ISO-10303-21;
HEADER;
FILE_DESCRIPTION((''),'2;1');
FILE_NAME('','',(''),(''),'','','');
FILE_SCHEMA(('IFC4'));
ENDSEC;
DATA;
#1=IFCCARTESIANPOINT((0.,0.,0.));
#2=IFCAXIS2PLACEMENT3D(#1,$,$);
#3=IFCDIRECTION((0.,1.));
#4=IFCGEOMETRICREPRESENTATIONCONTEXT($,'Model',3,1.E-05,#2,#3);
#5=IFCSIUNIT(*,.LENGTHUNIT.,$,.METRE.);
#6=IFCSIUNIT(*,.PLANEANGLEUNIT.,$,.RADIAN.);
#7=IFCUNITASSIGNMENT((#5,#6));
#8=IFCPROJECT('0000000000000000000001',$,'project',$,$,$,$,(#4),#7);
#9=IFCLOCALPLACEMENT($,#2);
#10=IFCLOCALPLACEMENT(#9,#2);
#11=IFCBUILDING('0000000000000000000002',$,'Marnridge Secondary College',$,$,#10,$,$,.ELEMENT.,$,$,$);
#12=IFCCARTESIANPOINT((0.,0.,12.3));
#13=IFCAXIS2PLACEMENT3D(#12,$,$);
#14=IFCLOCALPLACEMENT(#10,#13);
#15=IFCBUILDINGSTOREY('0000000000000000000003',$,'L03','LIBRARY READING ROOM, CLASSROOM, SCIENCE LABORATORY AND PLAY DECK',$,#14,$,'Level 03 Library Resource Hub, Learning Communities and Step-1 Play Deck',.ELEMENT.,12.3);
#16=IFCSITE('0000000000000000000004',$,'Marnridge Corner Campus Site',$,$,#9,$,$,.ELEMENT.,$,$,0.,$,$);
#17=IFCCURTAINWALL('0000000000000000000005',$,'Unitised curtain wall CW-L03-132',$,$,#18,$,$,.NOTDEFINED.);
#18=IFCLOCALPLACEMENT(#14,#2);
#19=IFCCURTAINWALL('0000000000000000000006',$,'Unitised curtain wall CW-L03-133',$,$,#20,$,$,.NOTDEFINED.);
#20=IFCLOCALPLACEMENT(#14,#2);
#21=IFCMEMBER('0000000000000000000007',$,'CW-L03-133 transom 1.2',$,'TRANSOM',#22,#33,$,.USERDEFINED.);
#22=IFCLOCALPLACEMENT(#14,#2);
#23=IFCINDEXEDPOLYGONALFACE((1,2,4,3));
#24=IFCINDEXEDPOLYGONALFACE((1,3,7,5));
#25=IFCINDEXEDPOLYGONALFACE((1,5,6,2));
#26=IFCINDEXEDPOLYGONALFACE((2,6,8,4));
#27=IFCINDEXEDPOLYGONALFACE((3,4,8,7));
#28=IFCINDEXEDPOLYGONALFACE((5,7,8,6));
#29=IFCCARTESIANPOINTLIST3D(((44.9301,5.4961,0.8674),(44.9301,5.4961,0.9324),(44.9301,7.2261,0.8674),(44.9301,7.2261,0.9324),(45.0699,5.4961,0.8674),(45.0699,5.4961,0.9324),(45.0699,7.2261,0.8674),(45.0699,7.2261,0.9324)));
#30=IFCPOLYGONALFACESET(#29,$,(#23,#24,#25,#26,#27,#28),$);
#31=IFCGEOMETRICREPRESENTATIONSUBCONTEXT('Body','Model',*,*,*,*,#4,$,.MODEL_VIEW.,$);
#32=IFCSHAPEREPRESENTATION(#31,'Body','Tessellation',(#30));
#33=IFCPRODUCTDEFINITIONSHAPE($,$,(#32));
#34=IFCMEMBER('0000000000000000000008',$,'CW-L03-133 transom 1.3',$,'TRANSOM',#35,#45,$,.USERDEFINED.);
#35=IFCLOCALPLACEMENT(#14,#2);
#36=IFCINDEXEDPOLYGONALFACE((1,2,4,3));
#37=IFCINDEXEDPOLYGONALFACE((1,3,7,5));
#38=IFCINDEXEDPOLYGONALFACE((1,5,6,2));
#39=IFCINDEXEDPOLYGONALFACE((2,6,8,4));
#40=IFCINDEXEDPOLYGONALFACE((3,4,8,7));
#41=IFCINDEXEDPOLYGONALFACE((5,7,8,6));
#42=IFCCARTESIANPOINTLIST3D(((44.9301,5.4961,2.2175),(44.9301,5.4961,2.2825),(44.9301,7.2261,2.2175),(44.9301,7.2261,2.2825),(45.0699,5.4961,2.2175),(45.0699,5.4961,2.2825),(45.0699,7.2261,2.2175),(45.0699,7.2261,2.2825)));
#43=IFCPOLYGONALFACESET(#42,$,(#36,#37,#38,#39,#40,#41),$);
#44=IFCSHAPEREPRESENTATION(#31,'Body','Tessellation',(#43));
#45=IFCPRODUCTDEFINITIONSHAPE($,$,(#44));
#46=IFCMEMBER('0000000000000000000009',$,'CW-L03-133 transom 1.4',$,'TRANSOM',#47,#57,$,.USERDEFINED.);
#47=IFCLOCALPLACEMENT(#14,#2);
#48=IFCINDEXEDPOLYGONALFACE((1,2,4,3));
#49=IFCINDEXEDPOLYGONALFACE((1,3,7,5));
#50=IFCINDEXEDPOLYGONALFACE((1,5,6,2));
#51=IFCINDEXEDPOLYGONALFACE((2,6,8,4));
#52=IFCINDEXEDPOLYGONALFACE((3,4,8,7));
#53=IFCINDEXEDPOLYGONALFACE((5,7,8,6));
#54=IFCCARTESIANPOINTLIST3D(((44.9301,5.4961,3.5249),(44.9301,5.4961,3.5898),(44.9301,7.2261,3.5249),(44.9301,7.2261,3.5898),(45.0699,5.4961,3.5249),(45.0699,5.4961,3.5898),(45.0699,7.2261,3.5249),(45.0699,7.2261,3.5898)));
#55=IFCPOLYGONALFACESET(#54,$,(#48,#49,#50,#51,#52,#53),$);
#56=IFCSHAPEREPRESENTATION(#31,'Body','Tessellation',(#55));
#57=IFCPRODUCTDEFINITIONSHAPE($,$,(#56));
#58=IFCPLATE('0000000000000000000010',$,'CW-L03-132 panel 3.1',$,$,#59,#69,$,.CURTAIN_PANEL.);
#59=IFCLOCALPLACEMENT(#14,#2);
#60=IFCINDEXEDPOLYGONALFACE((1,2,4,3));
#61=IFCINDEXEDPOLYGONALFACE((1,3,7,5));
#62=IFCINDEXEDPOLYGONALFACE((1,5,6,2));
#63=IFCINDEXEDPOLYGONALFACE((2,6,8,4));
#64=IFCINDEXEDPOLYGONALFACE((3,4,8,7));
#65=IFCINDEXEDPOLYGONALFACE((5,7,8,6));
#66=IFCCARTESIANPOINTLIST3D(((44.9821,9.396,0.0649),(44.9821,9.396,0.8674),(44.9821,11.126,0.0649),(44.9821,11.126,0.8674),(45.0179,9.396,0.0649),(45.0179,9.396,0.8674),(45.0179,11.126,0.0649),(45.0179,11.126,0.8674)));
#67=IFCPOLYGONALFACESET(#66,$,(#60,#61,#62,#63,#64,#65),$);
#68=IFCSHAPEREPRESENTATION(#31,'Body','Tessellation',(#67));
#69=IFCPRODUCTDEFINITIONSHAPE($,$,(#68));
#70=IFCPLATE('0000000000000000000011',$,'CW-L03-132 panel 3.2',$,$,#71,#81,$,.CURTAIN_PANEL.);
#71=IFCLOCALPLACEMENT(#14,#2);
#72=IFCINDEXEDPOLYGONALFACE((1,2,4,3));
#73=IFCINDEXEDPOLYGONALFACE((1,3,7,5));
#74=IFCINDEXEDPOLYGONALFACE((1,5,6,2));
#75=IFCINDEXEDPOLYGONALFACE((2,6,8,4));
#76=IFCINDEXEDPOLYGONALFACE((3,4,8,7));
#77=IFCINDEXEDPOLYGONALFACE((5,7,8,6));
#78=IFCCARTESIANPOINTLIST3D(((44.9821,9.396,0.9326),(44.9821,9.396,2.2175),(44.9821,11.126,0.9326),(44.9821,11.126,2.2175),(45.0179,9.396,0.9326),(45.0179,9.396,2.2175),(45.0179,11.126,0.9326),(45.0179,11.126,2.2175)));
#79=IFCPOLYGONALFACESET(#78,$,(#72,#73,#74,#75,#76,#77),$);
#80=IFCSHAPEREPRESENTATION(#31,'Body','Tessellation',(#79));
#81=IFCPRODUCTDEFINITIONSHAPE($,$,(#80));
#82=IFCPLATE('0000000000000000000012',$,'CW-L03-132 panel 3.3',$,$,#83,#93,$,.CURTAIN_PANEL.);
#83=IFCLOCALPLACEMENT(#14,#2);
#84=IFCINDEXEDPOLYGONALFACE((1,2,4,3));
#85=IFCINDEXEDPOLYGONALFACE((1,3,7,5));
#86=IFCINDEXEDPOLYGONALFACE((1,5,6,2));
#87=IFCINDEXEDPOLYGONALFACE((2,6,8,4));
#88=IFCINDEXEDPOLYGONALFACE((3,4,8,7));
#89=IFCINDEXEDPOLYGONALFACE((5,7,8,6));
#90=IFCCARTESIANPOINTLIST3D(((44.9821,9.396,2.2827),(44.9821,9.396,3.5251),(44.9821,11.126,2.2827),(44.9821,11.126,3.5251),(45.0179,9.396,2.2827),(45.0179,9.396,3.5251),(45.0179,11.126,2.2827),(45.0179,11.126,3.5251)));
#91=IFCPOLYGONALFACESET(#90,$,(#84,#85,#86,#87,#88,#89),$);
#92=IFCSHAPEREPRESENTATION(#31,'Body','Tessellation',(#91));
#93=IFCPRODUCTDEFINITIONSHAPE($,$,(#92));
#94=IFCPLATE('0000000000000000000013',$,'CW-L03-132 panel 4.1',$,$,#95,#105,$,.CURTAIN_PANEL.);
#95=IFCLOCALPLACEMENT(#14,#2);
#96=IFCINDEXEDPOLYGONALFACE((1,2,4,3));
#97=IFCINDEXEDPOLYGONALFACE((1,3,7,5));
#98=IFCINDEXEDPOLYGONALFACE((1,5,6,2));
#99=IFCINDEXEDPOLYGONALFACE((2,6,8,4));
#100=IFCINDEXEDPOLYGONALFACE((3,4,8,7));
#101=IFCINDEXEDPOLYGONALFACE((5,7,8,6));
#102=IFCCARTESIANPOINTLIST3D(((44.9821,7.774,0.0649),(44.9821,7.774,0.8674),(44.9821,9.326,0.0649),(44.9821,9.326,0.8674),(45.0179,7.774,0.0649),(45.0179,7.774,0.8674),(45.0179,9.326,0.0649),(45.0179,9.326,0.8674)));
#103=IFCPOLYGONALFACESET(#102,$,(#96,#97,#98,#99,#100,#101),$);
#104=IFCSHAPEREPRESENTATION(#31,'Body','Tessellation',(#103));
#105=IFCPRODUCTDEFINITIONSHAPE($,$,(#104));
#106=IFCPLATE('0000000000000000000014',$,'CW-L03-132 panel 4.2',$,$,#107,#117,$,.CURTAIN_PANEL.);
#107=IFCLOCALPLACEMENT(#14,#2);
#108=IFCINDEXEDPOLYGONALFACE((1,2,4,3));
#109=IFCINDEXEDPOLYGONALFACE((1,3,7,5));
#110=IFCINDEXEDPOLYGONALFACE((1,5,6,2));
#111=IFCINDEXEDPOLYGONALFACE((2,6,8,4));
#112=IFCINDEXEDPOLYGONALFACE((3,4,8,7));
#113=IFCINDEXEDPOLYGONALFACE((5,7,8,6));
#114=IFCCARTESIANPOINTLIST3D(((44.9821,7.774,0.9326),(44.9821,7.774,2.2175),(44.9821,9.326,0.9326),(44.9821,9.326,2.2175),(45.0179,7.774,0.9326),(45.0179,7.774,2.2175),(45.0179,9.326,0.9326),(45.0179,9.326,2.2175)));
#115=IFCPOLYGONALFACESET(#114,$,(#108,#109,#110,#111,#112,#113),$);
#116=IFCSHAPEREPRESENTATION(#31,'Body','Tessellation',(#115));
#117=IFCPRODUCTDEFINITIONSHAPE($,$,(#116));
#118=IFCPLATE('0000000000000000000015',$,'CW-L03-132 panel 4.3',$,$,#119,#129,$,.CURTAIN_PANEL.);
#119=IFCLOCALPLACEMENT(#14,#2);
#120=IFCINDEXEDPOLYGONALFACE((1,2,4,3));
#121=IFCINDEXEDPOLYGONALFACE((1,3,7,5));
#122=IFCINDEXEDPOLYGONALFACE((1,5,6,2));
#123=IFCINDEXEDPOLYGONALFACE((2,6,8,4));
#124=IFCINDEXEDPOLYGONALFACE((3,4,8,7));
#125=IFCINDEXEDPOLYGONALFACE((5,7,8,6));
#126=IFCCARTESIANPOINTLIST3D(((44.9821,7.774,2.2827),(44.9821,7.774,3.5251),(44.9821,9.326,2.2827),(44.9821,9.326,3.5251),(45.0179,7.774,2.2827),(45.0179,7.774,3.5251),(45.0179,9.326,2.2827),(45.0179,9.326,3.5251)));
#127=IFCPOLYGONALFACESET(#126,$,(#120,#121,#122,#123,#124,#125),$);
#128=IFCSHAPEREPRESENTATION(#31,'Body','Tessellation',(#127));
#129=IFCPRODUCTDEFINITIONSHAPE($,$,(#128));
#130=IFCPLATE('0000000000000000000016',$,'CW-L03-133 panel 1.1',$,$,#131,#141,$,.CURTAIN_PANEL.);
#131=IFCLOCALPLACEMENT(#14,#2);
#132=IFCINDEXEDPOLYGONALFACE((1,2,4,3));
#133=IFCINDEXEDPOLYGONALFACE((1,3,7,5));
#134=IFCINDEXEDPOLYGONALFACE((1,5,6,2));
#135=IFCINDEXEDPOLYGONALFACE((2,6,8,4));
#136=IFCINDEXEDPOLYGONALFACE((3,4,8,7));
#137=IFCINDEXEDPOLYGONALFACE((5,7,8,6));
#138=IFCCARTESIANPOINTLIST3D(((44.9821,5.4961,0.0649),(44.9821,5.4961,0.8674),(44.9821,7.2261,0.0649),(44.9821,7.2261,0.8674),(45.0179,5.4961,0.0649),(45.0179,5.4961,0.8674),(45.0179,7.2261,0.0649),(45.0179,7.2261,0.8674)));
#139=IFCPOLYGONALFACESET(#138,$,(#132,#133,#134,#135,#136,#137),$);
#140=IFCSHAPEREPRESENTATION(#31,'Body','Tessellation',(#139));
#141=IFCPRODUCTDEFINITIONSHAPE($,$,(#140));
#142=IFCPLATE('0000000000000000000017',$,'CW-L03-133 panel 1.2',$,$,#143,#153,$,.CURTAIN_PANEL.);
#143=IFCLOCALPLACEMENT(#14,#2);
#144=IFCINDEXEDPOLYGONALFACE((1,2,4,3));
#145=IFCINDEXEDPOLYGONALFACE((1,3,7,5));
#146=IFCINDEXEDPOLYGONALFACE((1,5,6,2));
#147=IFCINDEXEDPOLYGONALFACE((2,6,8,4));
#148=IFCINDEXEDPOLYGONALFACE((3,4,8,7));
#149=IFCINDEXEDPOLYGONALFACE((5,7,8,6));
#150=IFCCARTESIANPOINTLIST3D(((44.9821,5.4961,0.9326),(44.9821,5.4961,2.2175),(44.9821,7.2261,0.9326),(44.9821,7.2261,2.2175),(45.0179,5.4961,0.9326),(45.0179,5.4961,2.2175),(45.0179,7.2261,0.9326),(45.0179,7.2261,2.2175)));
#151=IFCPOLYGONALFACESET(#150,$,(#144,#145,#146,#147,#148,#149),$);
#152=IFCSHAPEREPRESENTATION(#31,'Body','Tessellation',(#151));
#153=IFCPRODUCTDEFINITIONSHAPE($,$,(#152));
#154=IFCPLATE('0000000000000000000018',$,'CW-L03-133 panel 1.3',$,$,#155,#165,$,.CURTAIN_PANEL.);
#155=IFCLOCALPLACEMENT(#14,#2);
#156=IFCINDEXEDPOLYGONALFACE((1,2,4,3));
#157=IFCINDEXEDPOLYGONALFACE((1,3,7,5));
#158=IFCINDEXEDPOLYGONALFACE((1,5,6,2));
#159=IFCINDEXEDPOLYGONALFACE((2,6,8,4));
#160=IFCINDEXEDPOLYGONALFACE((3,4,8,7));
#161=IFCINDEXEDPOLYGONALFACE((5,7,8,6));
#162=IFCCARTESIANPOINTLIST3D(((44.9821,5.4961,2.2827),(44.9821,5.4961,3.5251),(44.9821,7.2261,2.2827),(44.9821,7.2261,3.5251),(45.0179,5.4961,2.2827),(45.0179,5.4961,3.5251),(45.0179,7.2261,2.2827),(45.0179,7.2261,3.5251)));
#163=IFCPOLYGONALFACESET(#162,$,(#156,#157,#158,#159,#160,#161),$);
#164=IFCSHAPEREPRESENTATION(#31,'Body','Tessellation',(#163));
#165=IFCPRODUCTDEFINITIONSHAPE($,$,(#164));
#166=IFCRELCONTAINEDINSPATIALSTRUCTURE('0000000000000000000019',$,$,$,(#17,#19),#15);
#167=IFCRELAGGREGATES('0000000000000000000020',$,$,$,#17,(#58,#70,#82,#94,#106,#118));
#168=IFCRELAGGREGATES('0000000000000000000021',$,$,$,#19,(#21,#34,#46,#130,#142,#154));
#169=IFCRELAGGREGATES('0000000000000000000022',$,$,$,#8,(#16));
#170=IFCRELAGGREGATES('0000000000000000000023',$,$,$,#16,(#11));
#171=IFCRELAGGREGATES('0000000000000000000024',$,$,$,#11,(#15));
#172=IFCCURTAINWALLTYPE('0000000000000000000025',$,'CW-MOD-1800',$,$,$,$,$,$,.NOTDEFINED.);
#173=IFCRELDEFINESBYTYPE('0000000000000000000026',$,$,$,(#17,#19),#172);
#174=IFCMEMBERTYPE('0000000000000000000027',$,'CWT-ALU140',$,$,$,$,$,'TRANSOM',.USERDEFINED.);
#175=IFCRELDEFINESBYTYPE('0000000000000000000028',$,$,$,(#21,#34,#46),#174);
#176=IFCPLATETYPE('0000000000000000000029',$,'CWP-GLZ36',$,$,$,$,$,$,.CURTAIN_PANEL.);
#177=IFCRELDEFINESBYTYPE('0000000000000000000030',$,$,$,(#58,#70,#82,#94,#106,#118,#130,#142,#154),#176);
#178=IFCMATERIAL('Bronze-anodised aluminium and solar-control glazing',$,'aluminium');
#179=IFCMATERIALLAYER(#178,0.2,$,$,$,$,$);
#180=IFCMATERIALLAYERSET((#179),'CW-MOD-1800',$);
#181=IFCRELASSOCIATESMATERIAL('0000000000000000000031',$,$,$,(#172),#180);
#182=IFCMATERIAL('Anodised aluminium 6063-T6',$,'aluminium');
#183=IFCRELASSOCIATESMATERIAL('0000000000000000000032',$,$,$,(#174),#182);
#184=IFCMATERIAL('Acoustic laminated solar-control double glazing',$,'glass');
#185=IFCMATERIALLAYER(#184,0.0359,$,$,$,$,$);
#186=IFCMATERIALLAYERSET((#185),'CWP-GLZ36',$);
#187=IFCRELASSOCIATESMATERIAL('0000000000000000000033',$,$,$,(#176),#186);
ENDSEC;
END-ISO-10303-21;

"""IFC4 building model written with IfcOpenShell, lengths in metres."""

from ifc_helpers import new_model, si_unit, direction, frame, origin, origin_2d, place, context, subcontext, project, spatial, rectangle, extrude, material, layer, layer_set, material_profile, profile_set, type_object, element, aggregate, save


model = new_model("IFC4")

# Units and contexts
model_context = context("Model", 3, precision=1e-05, world=origin(), true_north=direction((0.0, 1.0)))
body_context = subcontext(model_context, "Body", "Model", "MODEL_VIEW")
ifc_project = project(units=[si_unit("LENGTHUNIT", "METRE"), si_unit("PLANEANGLEUNIT", "RADIAN")], contexts=[model_context])

# Site, building, storey
site_placement = place(None, origin())
site = spatial("IfcSite", under=ifc_project, at=site_placement, Name="Marnridge Corner Campus Site", CompositionType="ELEMENT", RefElevation=0.0)
building_placement = place(site_placement, origin())
building = spatial("IfcBuilding", under=site, at=building_placement, Name="Marnridge Secondary College", CompositionType="ELEMENT")
storey_placement = place(building_placement, frame((0.0, 0.0, 12.3)))
storey = spatial("IfcBuildingStorey", under=building, at=storey_placement, Name="L03", Description="LIBRARY READING ROOM, CLASSROOM, SCIENCE LABORATORY AND PLAY DECK", LongName="Level 03 Library Resource Hub, Learning Communities and Step-1 Play Deck", CompositionType="ELEMENT", Elevation=12.3)

# Curtain wall
ifc_material_1 = material(Name="Bronze-anodised aluminium and solar-control glazing", Category="aluminium")
ifc_layer_1 = layer(ifc_material_1, 0.2)
ifc_layer_set_1 = layer_set([ifc_layer_1], Name="CW-MOD-1800")
curtain_wall_type = type_object("IfcCurtainWallType", Name="CW-MOD-1800", PredefinedType="NOTDEFINED", material=ifc_layer_set_1)
curtain_wall_1_placement = place(storey_placement, origin())
curtain_wall_1 = element("IfcCurtainWall", 1, at=curtain_wall_1_placement, inside=storey, type_object=curtain_wall_type, Name="Unitised curtain wall CW-L03-132", PredefinedType="NOTDEFINED")

# Curtain wall
curtain_wall_2_placement = place(storey_placement, origin())
curtain_wall_2 = element("IfcCurtainWall", 2, at=curtain_wall_2_placement, inside=storey, type_object=curtain_wall_type, Name="Unitised curtain wall CW-L03-133", PredefinedType="NOTDEFINED")

# Members
ifc_material_2 = material(Name="Anodised aluminium 6063-T6", Category="aluminium")
ifc_material_profile_1 = material_profile(ifc_material_2, rectangle(XDim=0.0649, YDim=0.1399, at=origin_2d()), Name="ALU 65x140")
ifc_profile_set_1 = profile_set([ifc_material_profile_1], Name="Anodised aluminium 6063-T6")
member_type_1 = type_object("IfcMemberType", Name="CWT-ALU140", ElementType="TRANSOM", PredefinedType="USERDEFINED", material=ifc_profile_set_1)
member_1_placement = place(storey_placement, frame((45.0, 7.2261, 0.8999), z_axis=(0.0, -1.0, 0.0), x_axis=(0.0, 0.0, 1.0)))
member_1 = element("IfcMember", 3, at=member_1_placement, type_object=member_type_1, Name="CW-L03-133 transom 1.2", ObjectType="TRANSOM", PredefinedType="USERDEFINED", context=body_context, shape_type="SweptSolid", body=[
    extrude(rectangle(XDim=0.0649, YDim=0.1399, at=origin_2d()), origin(), (0.0, 0.0, 1.0), 1.73),
])
member_2_placement = place(storey_placement, frame((45.0, 7.2261, 2.25), z_axis=(0.0, -1.0, 0.0), x_axis=(0.0, 0.0, 1.0)))
member_2 = element("IfcMember", 4, at=member_2_placement, type_object=member_type_1, Name="CW-L03-133 transom 1.3", ObjectType="TRANSOM", PredefinedType="USERDEFINED", context=body_context, shape_type="SweptSolid", body=[
    extrude(rectangle(XDim=0.0649, YDim=0.1399, at=origin_2d()), origin(), (0.0, 0.0, 1.0), 1.73),
])
member_3_placement = place(storey_placement, frame((45.0, 7.2261, 3.5574), z_axis=(0.0, -1.0, 0.0), x_axis=(0.0, 0.0, 1.0)))
member_3 = element("IfcMember", 5, at=member_3_placement, type_object=member_type_1, Name="CW-L03-133 transom 1.4", ObjectType="TRANSOM", PredefinedType="USERDEFINED", context=body_context, shape_type="SweptSolid", body=[
    extrude(rectangle(XDim=0.0649, YDim=0.1399, at=origin_2d()), origin(), (0.0, 0.0, 1.0), 1.73),
])

# Plates
ifc_material_3 = material(Name="Acoustic laminated solar-control double glazing", Category="glass")
ifc_layer_2 = layer(ifc_material_3, 0.0359)
ifc_layer_set_2 = layer_set([ifc_layer_2], Name="CWP-GLZ36")
plate_type = type_object("IfcPlateType", Name="CWP-GLZ36", PredefinedType="CURTAIN_PANEL", material=ifc_layer_set_2)
plate_1_placement = place(storey_placement, frame((45.0, 10.261, 0.0649), z_axis=(0.0, 0.0, 1.0), x_axis=(0.0, -1.0, 0.0)))
plate_1 = element("IfcPlate", 6, at=plate_1_placement, type_object=plate_type, Name="CW-L03-132 panel 3.1", PredefinedType="CURTAIN_PANEL", context=body_context, shape_type="SweptSolid", body=[
    extrude(rectangle(XDim=1.73, YDim=0.0359, at=origin_2d()), origin(), (0.0, 0.0, 1.0), 0.8025),
])
plate_2_placement = place(storey_placement, frame((45.0, 10.261, 0.9326), z_axis=(0.0, 0.0, 1.0), x_axis=(0.0, -1.0, 0.0)))
plate_2 = element("IfcPlate", 7, at=plate_2_placement, type_object=plate_type, Name="CW-L03-132 panel 3.2", PredefinedType="CURTAIN_PANEL", context=body_context, shape_type="SweptSolid", body=[
    extrude(rectangle(XDim=1.73, YDim=0.0359, at=origin_2d()), origin(), (0.0, 0.0, 1.0), 1.2849),
])
plate_3_placement = place(storey_placement, frame((45.0, 10.261, 2.2827), z_axis=(0.0, 0.0, 1.0), x_axis=(0.0, -1.0, 0.0)))
plate_3 = element("IfcPlate", 8, at=plate_3_placement, type_object=plate_type, Name="CW-L03-132 panel 3.3", PredefinedType="CURTAIN_PANEL", context=body_context, shape_type="SweptSolid", body=[
    extrude(rectangle(XDim=1.73, YDim=0.0359, at=origin_2d()), origin(), (0.0, 0.0, 1.0), 1.2424),
])
plate_4_placement = place(storey_placement, frame((45.0, 8.55, 0.0649), z_axis=(0.0, 0.0, 1.0), x_axis=(0.0, -1.0, 0.0)))
plate_4 = element("IfcPlate", 9, at=plate_4_placement, type_object=plate_type, Name="CW-L03-132 panel 4.1", PredefinedType="CURTAIN_PANEL", context=body_context, shape_type="SweptSolid", body=[
    extrude(rectangle(XDim=1.552, YDim=0.0359, at=origin_2d()), origin(), (0.0, 0.0, 1.0), 0.8025),
])
plate_5_placement = place(storey_placement, frame((45.0, 8.55, 0.9326), z_axis=(0.0, 0.0, 1.0), x_axis=(0.0, -1.0, 0.0)))
plate_5 = element("IfcPlate", 10, at=plate_5_placement, type_object=plate_type, Name="CW-L03-132 panel 4.2", PredefinedType="CURTAIN_PANEL", context=body_context, shape_type="SweptSolid", body=[
    extrude(rectangle(XDim=1.552, YDim=0.0359, at=origin_2d()), origin(), (0.0, 0.0, 1.0), 1.2849),
])
plate_6_placement = place(storey_placement, frame((45.0, 8.55, 2.2827), z_axis=(0.0, 0.0, 1.0), x_axis=(0.0, -1.0, 0.0)))
plate_6 = element("IfcPlate", 11, at=plate_6_placement, type_object=plate_type, Name="CW-L03-132 panel 4.3", PredefinedType="CURTAIN_PANEL", context=body_context, shape_type="SweptSolid", body=[
    extrude(rectangle(XDim=1.552, YDim=0.0359, at=origin_2d()), origin(), (0.0, 0.0, 1.0), 1.2424),
])
aggregate(curtain_wall_1, [plate_1, plate_2, plate_3, plate_4, plate_5, plate_6])
plate_7_placement = place(storey_placement, frame((45.0, 6.3611, 0.0649), z_axis=(0.0, 0.0, 1.0), x_axis=(0.0, -1.0, 0.0)))
plate_7 = element("IfcPlate", 12, at=plate_7_placement, type_object=plate_type, Name="CW-L03-133 panel 1.1", PredefinedType="CURTAIN_PANEL", context=body_context, shape_type="SweptSolid", body=[
    extrude(rectangle(XDim=1.73, YDim=0.0359, at=origin_2d()), origin(), (0.0, 0.0, 1.0), 0.8025),
])
plate_8_placement = place(storey_placement, frame((45.0, 6.3611, 0.9326), z_axis=(0.0, 0.0, 1.0), x_axis=(0.0, -1.0, 0.0)))
plate_8 = element("IfcPlate", 13, at=plate_8_placement, type_object=plate_type, Name="CW-L03-133 panel 1.2", PredefinedType="CURTAIN_PANEL", context=body_context, shape_type="SweptSolid", body=[
    extrude(rectangle(XDim=1.73, YDim=0.0359, at=origin_2d()), origin(), (0.0, 0.0, 1.0), 1.2849),
])
plate_9_placement = place(storey_placement, frame((45.0, 6.3611, 2.2827), z_axis=(0.0, 0.0, 1.0), x_axis=(0.0, -1.0, 0.0)))
plate_9 = element("IfcPlate", 14, at=plate_9_placement, type_object=plate_type, Name="CW-L03-133 panel 1.3", PredefinedType="CURTAIN_PANEL", context=body_context, shape_type="SweptSolid", body=[
    extrude(rectangle(XDim=1.73, YDim=0.0359, at=origin_2d()), origin(), (0.0, 0.0, 1.0), 1.2424),
])
aggregate(curtain_wall_2, [member_1, member_2, member_3, plate_7, plate_8, plate_9])

save(model, "model.ifc")
